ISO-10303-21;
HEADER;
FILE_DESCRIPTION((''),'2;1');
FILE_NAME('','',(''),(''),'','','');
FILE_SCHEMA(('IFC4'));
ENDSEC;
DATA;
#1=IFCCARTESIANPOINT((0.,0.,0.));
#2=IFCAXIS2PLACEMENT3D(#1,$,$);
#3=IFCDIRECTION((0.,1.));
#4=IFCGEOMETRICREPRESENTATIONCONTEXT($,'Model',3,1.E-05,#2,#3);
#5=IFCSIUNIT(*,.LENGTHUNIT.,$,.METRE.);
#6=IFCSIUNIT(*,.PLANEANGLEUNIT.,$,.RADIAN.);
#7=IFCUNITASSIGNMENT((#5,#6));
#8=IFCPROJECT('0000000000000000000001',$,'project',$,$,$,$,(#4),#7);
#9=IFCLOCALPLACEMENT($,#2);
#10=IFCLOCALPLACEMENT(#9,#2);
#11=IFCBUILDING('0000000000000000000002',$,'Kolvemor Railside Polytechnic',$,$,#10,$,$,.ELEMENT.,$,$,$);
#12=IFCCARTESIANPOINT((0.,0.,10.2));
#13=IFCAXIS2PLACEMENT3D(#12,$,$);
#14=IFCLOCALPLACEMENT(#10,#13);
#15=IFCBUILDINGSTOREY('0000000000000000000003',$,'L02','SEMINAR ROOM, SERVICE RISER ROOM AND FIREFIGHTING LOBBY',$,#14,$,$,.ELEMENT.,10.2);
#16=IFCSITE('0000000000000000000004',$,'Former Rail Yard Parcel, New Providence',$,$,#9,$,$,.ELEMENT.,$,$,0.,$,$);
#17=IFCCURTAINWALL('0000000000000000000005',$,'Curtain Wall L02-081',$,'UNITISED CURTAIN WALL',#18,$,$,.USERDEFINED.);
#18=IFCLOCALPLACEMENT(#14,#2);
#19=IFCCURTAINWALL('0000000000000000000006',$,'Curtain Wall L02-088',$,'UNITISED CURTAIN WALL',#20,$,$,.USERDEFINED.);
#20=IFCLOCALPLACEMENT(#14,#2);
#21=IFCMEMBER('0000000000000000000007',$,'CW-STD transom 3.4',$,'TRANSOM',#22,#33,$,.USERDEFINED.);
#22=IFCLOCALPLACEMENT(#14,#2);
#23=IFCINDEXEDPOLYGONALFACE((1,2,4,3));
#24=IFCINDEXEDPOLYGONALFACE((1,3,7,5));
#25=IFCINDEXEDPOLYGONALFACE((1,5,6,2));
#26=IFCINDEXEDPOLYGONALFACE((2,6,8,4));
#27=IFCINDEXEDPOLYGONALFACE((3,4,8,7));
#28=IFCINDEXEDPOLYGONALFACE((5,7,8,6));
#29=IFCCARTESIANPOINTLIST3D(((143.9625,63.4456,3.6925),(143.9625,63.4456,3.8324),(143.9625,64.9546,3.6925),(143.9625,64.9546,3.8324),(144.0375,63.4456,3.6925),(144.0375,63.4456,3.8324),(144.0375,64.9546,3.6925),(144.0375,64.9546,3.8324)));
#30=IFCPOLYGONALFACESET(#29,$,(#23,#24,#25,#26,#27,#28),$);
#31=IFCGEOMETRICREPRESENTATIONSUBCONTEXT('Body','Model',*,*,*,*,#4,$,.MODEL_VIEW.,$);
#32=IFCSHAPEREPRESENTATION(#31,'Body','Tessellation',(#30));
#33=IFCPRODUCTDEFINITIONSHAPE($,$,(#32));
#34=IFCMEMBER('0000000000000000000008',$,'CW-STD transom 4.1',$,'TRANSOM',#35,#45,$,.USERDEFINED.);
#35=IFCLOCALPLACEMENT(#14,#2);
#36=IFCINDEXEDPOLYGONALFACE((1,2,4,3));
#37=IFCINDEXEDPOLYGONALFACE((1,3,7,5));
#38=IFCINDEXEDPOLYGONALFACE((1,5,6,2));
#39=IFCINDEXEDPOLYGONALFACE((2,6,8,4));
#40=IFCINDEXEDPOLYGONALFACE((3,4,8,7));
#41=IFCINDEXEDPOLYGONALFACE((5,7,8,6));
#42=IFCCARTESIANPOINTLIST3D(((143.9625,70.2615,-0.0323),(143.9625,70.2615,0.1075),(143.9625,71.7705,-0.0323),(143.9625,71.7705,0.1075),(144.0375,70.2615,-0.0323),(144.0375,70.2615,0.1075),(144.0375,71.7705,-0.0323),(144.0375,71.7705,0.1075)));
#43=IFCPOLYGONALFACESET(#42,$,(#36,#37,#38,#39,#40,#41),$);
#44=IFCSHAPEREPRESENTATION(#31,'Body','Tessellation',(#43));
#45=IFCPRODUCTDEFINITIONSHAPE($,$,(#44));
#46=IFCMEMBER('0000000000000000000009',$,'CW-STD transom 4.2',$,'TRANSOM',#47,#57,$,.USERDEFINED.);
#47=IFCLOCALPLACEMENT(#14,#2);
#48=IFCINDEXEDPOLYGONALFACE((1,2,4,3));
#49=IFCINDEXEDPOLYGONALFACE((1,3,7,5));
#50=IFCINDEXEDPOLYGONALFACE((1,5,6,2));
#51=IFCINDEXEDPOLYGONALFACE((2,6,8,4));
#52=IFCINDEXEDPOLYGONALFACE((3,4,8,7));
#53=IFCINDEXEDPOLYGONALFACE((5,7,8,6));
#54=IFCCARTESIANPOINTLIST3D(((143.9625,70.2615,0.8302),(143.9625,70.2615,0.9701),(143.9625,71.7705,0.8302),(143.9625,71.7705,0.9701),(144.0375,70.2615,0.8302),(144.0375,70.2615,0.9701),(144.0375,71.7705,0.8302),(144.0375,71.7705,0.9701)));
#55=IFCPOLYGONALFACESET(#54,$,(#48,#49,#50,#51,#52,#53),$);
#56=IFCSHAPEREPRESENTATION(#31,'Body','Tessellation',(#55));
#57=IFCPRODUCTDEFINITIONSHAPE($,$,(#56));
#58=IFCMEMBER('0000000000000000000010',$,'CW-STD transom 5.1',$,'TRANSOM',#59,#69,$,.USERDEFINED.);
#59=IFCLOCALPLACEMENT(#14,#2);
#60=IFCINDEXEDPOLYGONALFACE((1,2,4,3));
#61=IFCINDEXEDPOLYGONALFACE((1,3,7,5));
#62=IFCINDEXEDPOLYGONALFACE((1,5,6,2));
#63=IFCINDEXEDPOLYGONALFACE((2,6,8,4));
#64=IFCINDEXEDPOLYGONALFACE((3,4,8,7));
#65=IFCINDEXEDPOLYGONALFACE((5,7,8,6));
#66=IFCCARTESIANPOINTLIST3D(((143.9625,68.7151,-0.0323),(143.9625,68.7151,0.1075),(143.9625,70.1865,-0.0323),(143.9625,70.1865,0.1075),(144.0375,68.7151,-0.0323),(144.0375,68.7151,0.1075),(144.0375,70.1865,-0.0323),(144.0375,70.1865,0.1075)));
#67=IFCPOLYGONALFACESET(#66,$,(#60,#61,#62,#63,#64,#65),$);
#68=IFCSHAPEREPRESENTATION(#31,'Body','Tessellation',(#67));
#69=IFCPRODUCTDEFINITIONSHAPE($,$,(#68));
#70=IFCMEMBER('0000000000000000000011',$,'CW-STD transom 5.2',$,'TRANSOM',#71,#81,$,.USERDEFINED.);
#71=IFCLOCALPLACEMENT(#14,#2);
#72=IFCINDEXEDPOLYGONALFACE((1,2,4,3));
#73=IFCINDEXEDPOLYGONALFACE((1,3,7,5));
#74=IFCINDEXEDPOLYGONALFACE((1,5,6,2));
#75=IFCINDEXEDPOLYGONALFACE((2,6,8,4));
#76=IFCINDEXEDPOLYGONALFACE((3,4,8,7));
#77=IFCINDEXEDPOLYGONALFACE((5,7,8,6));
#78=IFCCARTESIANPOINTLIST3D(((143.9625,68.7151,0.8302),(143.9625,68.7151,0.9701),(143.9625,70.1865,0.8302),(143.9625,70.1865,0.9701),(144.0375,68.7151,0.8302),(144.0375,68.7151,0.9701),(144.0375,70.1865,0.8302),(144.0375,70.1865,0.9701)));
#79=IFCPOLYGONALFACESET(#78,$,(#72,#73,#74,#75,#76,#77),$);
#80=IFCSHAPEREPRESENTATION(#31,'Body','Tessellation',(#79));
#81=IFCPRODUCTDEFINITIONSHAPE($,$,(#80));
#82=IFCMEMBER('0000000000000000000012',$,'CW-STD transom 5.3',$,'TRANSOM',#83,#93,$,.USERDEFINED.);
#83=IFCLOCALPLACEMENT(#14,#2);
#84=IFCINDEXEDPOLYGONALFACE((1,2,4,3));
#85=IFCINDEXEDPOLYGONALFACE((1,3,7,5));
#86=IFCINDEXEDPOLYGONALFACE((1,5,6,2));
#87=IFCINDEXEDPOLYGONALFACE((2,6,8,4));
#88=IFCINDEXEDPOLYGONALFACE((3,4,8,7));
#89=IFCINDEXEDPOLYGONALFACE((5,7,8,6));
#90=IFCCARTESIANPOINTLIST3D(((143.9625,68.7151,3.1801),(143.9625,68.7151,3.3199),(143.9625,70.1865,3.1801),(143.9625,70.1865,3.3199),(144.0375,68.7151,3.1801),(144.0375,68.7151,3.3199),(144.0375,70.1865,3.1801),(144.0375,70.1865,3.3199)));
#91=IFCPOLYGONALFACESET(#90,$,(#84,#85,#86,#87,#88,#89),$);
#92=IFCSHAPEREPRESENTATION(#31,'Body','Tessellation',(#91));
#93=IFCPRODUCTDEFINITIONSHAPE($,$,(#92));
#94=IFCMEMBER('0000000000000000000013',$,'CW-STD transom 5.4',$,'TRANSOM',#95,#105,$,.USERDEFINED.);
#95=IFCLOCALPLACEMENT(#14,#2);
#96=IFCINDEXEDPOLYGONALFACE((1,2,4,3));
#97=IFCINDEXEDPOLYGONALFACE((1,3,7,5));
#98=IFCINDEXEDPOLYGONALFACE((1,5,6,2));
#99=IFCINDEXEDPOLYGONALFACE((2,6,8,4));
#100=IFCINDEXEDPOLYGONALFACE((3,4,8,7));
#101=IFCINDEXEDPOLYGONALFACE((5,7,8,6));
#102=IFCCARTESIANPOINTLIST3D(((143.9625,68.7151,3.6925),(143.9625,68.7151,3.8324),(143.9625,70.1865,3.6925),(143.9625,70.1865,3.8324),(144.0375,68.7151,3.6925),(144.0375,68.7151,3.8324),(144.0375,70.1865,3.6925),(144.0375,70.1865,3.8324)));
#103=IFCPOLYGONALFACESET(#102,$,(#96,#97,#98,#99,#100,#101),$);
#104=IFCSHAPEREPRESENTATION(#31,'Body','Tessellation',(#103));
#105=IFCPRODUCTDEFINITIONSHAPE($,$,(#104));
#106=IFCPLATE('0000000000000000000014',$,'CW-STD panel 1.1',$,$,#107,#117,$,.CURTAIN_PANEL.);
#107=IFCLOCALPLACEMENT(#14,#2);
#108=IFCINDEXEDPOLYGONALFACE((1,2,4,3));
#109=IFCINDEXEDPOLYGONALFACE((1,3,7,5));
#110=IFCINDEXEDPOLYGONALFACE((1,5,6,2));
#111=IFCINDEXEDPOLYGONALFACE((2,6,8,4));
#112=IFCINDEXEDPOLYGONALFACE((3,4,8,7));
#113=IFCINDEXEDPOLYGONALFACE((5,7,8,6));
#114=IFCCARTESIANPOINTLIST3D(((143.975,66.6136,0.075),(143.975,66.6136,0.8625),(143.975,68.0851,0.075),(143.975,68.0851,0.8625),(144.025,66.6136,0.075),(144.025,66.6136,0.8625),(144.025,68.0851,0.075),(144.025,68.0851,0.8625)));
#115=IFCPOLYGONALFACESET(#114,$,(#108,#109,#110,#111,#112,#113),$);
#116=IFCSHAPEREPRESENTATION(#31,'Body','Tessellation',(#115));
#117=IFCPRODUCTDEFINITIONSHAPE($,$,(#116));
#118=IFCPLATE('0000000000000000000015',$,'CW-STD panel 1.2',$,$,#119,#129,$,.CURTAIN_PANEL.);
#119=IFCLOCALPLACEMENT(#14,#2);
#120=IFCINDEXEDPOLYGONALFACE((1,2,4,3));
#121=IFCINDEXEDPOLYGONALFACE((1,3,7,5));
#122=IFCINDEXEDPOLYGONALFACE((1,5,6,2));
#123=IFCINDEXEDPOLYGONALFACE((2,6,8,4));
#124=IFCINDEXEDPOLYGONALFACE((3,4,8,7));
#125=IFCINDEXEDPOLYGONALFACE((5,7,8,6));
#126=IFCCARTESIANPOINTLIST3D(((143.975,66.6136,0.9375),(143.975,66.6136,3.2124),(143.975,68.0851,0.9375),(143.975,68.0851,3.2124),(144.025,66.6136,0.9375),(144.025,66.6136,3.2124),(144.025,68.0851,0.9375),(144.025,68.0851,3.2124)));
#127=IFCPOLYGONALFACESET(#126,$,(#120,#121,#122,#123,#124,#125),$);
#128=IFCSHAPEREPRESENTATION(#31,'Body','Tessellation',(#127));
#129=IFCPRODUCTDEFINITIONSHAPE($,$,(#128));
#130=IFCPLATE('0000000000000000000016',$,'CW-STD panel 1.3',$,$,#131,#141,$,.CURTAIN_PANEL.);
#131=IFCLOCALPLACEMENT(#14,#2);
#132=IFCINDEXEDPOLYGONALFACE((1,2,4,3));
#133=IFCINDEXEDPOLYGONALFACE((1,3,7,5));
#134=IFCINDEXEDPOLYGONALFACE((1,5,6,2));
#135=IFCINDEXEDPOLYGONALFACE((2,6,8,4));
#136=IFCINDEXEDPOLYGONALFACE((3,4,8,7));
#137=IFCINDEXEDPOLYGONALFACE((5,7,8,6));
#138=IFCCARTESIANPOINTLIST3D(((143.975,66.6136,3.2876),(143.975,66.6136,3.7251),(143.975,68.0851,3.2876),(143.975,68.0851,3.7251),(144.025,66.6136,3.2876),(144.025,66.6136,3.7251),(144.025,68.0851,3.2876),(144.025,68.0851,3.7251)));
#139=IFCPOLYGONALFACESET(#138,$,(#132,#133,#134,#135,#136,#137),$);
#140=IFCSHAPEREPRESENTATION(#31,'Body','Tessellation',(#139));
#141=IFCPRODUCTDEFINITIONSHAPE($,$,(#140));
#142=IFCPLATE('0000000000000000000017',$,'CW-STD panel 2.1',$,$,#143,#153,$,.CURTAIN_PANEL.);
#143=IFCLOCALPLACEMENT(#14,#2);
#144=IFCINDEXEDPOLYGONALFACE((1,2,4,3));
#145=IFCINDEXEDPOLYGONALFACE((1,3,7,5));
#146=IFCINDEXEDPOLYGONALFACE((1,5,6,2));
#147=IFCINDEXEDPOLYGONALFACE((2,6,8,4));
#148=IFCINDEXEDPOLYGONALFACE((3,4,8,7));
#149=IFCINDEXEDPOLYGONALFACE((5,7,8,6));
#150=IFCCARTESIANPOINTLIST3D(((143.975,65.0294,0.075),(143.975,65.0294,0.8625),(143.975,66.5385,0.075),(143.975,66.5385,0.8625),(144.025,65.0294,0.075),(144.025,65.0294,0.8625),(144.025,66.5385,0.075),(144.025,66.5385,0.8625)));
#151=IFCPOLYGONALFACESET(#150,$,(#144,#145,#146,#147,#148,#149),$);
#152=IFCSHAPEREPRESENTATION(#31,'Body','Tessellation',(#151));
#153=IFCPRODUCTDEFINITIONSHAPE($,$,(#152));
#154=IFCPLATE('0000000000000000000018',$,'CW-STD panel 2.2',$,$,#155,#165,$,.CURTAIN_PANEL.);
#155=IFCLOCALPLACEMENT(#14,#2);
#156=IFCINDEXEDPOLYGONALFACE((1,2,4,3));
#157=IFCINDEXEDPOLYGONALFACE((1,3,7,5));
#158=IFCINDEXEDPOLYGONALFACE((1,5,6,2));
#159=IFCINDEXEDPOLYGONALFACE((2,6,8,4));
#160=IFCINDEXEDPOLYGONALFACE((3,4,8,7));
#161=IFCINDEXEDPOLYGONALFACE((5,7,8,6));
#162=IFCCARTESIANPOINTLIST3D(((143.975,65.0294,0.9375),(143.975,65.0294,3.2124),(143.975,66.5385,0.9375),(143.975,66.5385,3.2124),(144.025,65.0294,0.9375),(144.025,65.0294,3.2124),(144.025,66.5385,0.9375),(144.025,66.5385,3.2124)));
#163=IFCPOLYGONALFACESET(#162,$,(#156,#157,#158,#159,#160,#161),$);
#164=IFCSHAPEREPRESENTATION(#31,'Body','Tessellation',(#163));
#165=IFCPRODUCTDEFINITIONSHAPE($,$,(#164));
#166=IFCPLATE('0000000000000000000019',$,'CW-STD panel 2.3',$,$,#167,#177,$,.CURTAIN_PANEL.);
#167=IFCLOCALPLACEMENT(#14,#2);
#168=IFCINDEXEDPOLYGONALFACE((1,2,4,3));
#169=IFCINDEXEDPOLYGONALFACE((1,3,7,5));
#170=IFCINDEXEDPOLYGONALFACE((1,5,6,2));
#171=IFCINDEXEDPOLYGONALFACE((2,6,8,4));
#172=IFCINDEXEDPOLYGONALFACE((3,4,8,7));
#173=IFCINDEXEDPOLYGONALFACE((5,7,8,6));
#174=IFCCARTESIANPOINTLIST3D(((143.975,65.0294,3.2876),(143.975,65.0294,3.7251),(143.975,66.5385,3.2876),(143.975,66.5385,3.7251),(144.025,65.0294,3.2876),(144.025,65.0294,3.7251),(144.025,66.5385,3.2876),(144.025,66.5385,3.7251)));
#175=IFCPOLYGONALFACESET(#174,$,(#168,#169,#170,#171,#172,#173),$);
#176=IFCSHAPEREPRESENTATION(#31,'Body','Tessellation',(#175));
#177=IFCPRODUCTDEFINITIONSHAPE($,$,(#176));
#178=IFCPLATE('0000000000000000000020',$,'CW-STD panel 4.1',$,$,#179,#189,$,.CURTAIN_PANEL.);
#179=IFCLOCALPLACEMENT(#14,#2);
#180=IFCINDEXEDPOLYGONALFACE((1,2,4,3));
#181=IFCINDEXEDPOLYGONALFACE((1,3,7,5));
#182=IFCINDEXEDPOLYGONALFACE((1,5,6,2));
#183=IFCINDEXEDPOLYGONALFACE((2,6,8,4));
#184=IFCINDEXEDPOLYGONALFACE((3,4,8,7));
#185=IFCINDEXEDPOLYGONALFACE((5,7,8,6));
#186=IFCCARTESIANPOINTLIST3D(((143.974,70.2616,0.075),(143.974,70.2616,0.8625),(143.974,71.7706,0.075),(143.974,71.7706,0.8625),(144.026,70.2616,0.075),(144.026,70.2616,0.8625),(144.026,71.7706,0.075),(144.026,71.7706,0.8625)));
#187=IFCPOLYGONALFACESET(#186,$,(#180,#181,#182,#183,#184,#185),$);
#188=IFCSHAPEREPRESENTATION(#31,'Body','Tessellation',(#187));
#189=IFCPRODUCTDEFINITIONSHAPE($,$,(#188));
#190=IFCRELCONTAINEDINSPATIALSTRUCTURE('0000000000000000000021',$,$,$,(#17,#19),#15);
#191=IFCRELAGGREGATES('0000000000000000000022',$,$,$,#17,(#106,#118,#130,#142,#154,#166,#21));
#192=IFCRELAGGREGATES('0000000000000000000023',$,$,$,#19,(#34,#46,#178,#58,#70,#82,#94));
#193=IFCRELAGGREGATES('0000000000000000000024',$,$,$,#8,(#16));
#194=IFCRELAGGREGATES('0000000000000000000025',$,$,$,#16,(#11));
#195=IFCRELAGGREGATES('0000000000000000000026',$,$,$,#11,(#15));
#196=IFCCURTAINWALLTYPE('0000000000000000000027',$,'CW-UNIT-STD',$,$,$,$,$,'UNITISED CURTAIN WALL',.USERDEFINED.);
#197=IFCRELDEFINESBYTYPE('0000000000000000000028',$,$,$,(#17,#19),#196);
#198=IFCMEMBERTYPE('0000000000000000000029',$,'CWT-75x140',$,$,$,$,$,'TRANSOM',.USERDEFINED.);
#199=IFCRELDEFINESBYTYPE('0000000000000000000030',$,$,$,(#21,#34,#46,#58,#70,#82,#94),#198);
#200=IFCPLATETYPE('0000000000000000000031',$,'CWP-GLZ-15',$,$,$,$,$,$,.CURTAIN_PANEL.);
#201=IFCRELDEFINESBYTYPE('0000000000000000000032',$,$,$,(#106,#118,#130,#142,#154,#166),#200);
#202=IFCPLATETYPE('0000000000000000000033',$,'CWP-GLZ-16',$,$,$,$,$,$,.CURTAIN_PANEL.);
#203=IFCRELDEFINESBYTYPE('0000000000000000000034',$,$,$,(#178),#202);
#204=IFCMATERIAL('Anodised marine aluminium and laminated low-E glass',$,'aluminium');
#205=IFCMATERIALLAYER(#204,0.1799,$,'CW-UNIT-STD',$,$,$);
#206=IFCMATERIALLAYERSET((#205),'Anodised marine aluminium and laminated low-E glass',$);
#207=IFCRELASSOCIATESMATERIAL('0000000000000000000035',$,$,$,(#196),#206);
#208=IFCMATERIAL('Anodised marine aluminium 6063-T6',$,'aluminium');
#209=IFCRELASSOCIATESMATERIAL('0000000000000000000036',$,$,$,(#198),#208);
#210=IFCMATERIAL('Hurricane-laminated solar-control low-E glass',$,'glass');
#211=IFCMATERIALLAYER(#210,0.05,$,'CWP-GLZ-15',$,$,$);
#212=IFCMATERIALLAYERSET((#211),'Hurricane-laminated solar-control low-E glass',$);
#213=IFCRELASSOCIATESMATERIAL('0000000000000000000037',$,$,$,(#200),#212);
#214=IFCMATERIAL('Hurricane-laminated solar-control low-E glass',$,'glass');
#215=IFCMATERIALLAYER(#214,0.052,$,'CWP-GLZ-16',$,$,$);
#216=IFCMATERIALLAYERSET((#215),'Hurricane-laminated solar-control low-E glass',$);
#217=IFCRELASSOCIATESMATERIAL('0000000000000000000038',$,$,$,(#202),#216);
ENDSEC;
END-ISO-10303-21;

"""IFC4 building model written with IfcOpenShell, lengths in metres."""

from ifc_helpers import new_model, si_unit, direction, frame, origin, origin_2d, place, context, subcontext, project, spatial, rectangle, extrude, material, layer, layer_set, material_profile, profile_set, type_object, element, aggregate, save


model = new_model("IFC4")

# Units and contexts
model_context = context("Model", 3, precision=1e-05, world=origin(), true_north=direction((0.0, 1.0)))
body_context = subcontext(model_context, "Body", "Model", "MODEL_VIEW")
ifc_project = project(units=[si_unit("LENGTHUNIT", "METRE"), si_unit("PLANEANGLEUNIT", "RADIAN")], contexts=[model_context])

# Site, building, storey
site_placement = place(None, origin())
site = spatial("IfcSite", under=ifc_project, at=site_placement, Name="Former Rail Yard Parcel, New Providence", CompositionType="ELEMENT", RefElevation=0.0)
building_placement = place(site_placement, origin())
building = spatial("IfcBuilding", under=site, at=building_placement, Name="Kolvemor Railside Polytechnic", CompositionType="ELEMENT")
storey_placement = place(building_placement, frame((0.0, 0.0, 10.2)))
storey = spatial("IfcBuildingStorey", under=building, at=storey_placement, Name="L02", Description="SEMINAR ROOM, SERVICE RISER ROOM AND FIREFIGHTING LOBBY", CompositionType="ELEMENT", Elevation=10.2)

# Curtain walls
ifc_material_1 = material(Name="Anodised marine aluminium and laminated low-E glass", Category="aluminium")
ifc_layer_1 = layer(ifc_material_1, 0.1799, Name="CW-UNIT-STD")
ifc_layer_set_1 = layer_set([ifc_layer_1], Name="Anodised marine aluminium and laminated low-E glass")
curtain_wall_type = type_object("IfcCurtainWallType", Name="CW-UNIT-STD", ElementType="UNITISED CURTAIN WALL", PredefinedType="USERDEFINED", material=ifc_layer_set_1)
curtain_wall_1_placement = place(storey_placement, origin())
curtain_wall_1 = element("IfcCurtainWall", 1, at=curtain_wall_1_placement, inside=storey, type_object=curtain_wall_type, Name="Curtain Wall L02-081", ObjectType="UNITISED CURTAIN WALL", PredefinedType="USERDEFINED")
curtain_wall_2_placement = place(storey_placement, origin())
curtain_wall_2 = element("IfcCurtainWall", 2, at=curtain_wall_2_placement, inside=storey, type_object=curtain_wall_type, Name="Curtain Wall L02-088", ObjectType="UNITISED CURTAIN WALL", PredefinedType="USERDEFINED")

# Members
ifc_material_2 = material(Name="Anodised marine aluminium 6063-T6", Category="aluminium")
ifc_material_profile_1 = material_profile(ifc_material_2, rectangle(XDim=0.075, YDim=0.1399, at=origin_2d()), Name="CW-TRN-75x140")
ifc_profile_set_1 = profile_set([ifc_material_profile_1], Name="Anodised marine aluminium 6063-T6")
member_type_1 = type_object("IfcMemberType", Name="CWT-75x140", ElementType="TRANSOM", PredefinedType="USERDEFINED", material=ifc_profile_set_1)
member_1_placement = place(storey_placement, frame((144.0, 64.9546, 3.7625), z_axis=(0.0, -1.0, 0.0), x_axis=(1.0, 0.0, 0.0)))
member_1 = element("IfcMember", 3, at=member_1_placement, type_object=member_type_1, Name="CW-STD transom 3.4", ObjectType="TRANSOM", PredefinedType="USERDEFINED", context=body_context, shape_type="SweptSolid", body=[
    extrude(rectangle(XDim=0.075, YDim=0.1399, at=origin_2d()), origin(), (0.0, 0.0, 1.0), 1.509),
])
member_2_placement = place(storey_placement, frame((144.0, 71.7705, 0.0376), z_axis=(0.0, -1.0, 0.0), x_axis=(1.0, 0.0, 0.0)))
member_2 = element("IfcMember", 4, at=member_2_placement, type_object=member_type_1, Name="CW-STD transom 4.1", ObjectType="TRANSOM", PredefinedType="USERDEFINED", context=body_context, shape_type="SweptSolid", body=[
    extrude(rectangle(XDim=0.075, YDim=0.1399, at=origin_2d()), origin(), (0.0, 0.0, 1.0), 1.509),
])
member_3_placement = place(storey_placement, frame((144.0, 71.7705, 0.9001), z_axis=(0.0, -1.0, 0.0), x_axis=(1.0, 0.0, 0.0)))
member_3 = element("IfcMember", 5, at=member_3_placement, type_object=member_type_1, Name="CW-STD transom 4.2", ObjectType="TRANSOM", PredefinedType="USERDEFINED", context=body_context, shape_type="SweptSolid", body=[
    extrude(rectangle(XDim=0.075, YDim=0.1399, at=origin_2d()), origin(), (0.0, 0.0, 1.0), 1.509),
])
member_4_placement = place(storey_placement, frame((144.0, 70.1865, 0.0376), z_axis=(0.0, -1.0, 0.0), x_axis=(1.0, 0.0, 0.0)))
member_4 = element("IfcMember", 6, at=member_4_placement, type_object=member_type_1, Name="CW-STD transom 5.1", ObjectType="TRANSOM", PredefinedType="USERDEFINED", context=body_context, shape_type="SweptSolid", body=[
    extrude(rectangle(XDim=0.075, YDim=0.1399, at=origin_2d()), origin(), (0.0, 0.0, 1.0), 1.4714),
])
member_5_placement = place(storey_placement, frame((144.0, 70.1865, 0.9001), z_axis=(0.0, -1.0, 0.0), x_axis=(1.0, 0.0, 0.0)))
member_5 = element("IfcMember", 7, at=member_5_placement, type_object=member_type_1, Name="CW-STD transom 5.2", ObjectType="TRANSOM", PredefinedType="USERDEFINED", context=body_context, shape_type="SweptSolid", body=[
    extrude(rectangle(XDim=0.075, YDim=0.1399, at=origin_2d()), origin(), (0.0, 0.0, 1.0), 1.4714),
])
member_6_placement = place(storey_placement, frame((144.0, 70.1865, 3.25), z_axis=(0.0, -1.0, 0.0), x_axis=(1.0, 0.0, 0.0)))
member_6 = element("IfcMember", 8, at=member_6_placement, type_object=member_type_1, Name="CW-STD transom 5.3", ObjectType="TRANSOM", PredefinedType="USERDEFINED", context=body_context, shape_type="SweptSolid", body=[
    extrude(rectangle(XDim=0.075, YDim=0.1399, at=origin_2d()), origin(), (0.0, 0.0, 1.0), 1.4714),
])
member_7_placement = place(storey_placement, frame((144.0, 70.1865, 3.7625), z_axis=(0.0, -1.0, 0.0), x_axis=(1.0, 0.0, 0.0)))
member_7 = element("IfcMember", 9, at=member_7_placement, type_object=member_type_1, Name="CW-STD transom 5.4", ObjectType="TRANSOM", PredefinedType="USERDEFINED", context=body_context, shape_type="SweptSolid", body=[
    extrude(rectangle(XDim=0.075, YDim=0.1399, at=origin_2d()), origin(), (0.0, 0.0, 1.0), 1.4714),
])

# Plates
ifc_material_3 = material(Name="Hurricane-laminated solar-control low-E glass", Category="glass")
ifc_layer_2 = layer(ifc_material_3, 0.05, Name="CWP-GLZ-15")
ifc_layer_set_2 = layer_set([ifc_layer_2], Name="Hurricane-laminated solar-control low-E glass")
plate_type_1 = type_object("IfcPlateType", Name="CWP-GLZ-15", PredefinedType="CURTAIN_PANEL", material=ifc_layer_set_2)
plate_1_placement = place(storey_placement, frame((144.0, 67.3494, 0.075), z_axis=(0.0, 0.0, 1.0), x_axis=(0.0, -1.0, 0.0)))
plate_1 = element("IfcPlate", 10, at=plate_1_placement, type_object=plate_type_1, Name="CW-STD panel 1.1", PredefinedType="CURTAIN_PANEL", context=body_context, shape_type="SweptSolid", body=[
    extrude(rectangle(XDim=1.4714, YDim=0.05, at=origin_2d()), origin(), (0.0, 0.0, 1.0), 0.7876),
])
plate_2_placement = place(storey_placement, frame((144.0, 67.3494, 0.9375), z_axis=(0.0, 0.0, 1.0), x_axis=(0.0, -1.0, 0.0)))
plate_2 = element("IfcPlate", 11, at=plate_2_placement, type_object=plate_type_1, Name="CW-STD panel 1.2", PredefinedType="CURTAIN_PANEL", context=body_context, shape_type="SweptSolid", body=[
    extrude(rectangle(XDim=1.4714, YDim=0.05, at=origin_2d()), origin(), (0.0, 0.0, 1.0), 2.2749),
])
plate_3_placement = place(storey_placement, frame((144.0, 67.3494, 3.2876), z_axis=(0.0, 0.0, 1.0), x_axis=(0.0, -1.0, 0.0)))
plate_3 = element("IfcPlate", 12, at=plate_3_placement, type_object=plate_type_1, Name="CW-STD panel 1.3", PredefinedType="CURTAIN_PANEL", context=body_context, shape_type="SweptSolid", body=[
    extrude(rectangle(XDim=1.4714, YDim=0.05, at=origin_2d()), origin(), (0.0, 0.0, 1.0), 0.4375),
])
plate_4_placement = place(storey_placement, frame((144.0, 65.7839, 0.075), z_axis=(0.0, 0.0, 1.0), x_axis=(0.0, -1.0, 0.0)))
plate_4 = element("IfcPlate", 13, at=plate_4_placement, type_object=plate_type_1, Name="CW-STD panel 2.1", PredefinedType="CURTAIN_PANEL", context=body_context, shape_type="SweptSolid", body=[
    extrude(rectangle(XDim=1.509, YDim=0.05, at=origin_2d()), origin(), (0.0, 0.0, 1.0), 0.7876),
])
plate_5_placement = place(storey_placement, frame((144.0, 65.7839, 0.9375), z_axis=(0.0, 0.0, 1.0), x_axis=(0.0, -1.0, 0.0)))
plate_5 = element("IfcPlate", 14, at=plate_5_placement, type_object=plate_type_1, Name="CW-STD panel 2.2", PredefinedType="CURTAIN_PANEL", context=body_context, shape_type="SweptSolid", body=[
    extrude(rectangle(XDim=1.509, YDim=0.05, at=origin_2d()), origin(), (0.0, 0.0, 1.0), 2.2749),
])
plate_6_placement = place(storey_placement, frame((144.0, 65.7839, 3.2876), z_axis=(0.0, 0.0, 1.0), x_axis=(0.0, -1.0, 0.0)))
plate_6 = element("IfcPlate", 15, at=plate_6_placement, type_object=plate_type_1, Name="CW-STD panel 2.3", PredefinedType="CURTAIN_PANEL", context=body_context, shape_type="SweptSolid", body=[
    extrude(rectangle(XDim=1.509, YDim=0.05, at=origin_2d()), origin(), (0.0, 0.0, 1.0), 0.4375),
])
aggregate(curtain_wall_1, [plate_1, plate_2, plate_3, plate_4, plate_5, plate_6, member_1])
ifc_material_4 = material(Name="Hurricane-laminated solar-control low-E glass", Category="glass")
ifc_layer_3 = layer(ifc_material_4, 0.052, Name="CWP-GLZ-16")
ifc_layer_set_3 = layer_set([ifc_layer_3], Name="Hurricane-laminated solar-control low-E glass")
plate_type_2 = type_object("IfcPlateType", Name="CWP-GLZ-16", PredefinedType="CURTAIN_PANEL", material=ifc_layer_set_3)
plate_7_placement = place(storey_placement, frame((144.0, 71.0161, 0.075), z_axis=(0.0, 0.0, 1.0), x_axis=(0.0, -1.0, 0.0)))
plate_7 = element("IfcPlate", 16, at=plate_7_placement, type_object=plate_type_2, Name="CW-STD panel 4.1", PredefinedType="CURTAIN_PANEL", context=body_context, shape_type="SweptSolid", body=[
    extrude(rectangle(XDim=1.509, YDim=0.052, at=origin_2d()), origin(), (0.0, 0.0, 1.0), 0.7876),
])
aggregate(curtain_wall_2, [member_2, member_3, plate_7, member_4, member_5, member_6, member_7])

save(model, "model.ifc")
